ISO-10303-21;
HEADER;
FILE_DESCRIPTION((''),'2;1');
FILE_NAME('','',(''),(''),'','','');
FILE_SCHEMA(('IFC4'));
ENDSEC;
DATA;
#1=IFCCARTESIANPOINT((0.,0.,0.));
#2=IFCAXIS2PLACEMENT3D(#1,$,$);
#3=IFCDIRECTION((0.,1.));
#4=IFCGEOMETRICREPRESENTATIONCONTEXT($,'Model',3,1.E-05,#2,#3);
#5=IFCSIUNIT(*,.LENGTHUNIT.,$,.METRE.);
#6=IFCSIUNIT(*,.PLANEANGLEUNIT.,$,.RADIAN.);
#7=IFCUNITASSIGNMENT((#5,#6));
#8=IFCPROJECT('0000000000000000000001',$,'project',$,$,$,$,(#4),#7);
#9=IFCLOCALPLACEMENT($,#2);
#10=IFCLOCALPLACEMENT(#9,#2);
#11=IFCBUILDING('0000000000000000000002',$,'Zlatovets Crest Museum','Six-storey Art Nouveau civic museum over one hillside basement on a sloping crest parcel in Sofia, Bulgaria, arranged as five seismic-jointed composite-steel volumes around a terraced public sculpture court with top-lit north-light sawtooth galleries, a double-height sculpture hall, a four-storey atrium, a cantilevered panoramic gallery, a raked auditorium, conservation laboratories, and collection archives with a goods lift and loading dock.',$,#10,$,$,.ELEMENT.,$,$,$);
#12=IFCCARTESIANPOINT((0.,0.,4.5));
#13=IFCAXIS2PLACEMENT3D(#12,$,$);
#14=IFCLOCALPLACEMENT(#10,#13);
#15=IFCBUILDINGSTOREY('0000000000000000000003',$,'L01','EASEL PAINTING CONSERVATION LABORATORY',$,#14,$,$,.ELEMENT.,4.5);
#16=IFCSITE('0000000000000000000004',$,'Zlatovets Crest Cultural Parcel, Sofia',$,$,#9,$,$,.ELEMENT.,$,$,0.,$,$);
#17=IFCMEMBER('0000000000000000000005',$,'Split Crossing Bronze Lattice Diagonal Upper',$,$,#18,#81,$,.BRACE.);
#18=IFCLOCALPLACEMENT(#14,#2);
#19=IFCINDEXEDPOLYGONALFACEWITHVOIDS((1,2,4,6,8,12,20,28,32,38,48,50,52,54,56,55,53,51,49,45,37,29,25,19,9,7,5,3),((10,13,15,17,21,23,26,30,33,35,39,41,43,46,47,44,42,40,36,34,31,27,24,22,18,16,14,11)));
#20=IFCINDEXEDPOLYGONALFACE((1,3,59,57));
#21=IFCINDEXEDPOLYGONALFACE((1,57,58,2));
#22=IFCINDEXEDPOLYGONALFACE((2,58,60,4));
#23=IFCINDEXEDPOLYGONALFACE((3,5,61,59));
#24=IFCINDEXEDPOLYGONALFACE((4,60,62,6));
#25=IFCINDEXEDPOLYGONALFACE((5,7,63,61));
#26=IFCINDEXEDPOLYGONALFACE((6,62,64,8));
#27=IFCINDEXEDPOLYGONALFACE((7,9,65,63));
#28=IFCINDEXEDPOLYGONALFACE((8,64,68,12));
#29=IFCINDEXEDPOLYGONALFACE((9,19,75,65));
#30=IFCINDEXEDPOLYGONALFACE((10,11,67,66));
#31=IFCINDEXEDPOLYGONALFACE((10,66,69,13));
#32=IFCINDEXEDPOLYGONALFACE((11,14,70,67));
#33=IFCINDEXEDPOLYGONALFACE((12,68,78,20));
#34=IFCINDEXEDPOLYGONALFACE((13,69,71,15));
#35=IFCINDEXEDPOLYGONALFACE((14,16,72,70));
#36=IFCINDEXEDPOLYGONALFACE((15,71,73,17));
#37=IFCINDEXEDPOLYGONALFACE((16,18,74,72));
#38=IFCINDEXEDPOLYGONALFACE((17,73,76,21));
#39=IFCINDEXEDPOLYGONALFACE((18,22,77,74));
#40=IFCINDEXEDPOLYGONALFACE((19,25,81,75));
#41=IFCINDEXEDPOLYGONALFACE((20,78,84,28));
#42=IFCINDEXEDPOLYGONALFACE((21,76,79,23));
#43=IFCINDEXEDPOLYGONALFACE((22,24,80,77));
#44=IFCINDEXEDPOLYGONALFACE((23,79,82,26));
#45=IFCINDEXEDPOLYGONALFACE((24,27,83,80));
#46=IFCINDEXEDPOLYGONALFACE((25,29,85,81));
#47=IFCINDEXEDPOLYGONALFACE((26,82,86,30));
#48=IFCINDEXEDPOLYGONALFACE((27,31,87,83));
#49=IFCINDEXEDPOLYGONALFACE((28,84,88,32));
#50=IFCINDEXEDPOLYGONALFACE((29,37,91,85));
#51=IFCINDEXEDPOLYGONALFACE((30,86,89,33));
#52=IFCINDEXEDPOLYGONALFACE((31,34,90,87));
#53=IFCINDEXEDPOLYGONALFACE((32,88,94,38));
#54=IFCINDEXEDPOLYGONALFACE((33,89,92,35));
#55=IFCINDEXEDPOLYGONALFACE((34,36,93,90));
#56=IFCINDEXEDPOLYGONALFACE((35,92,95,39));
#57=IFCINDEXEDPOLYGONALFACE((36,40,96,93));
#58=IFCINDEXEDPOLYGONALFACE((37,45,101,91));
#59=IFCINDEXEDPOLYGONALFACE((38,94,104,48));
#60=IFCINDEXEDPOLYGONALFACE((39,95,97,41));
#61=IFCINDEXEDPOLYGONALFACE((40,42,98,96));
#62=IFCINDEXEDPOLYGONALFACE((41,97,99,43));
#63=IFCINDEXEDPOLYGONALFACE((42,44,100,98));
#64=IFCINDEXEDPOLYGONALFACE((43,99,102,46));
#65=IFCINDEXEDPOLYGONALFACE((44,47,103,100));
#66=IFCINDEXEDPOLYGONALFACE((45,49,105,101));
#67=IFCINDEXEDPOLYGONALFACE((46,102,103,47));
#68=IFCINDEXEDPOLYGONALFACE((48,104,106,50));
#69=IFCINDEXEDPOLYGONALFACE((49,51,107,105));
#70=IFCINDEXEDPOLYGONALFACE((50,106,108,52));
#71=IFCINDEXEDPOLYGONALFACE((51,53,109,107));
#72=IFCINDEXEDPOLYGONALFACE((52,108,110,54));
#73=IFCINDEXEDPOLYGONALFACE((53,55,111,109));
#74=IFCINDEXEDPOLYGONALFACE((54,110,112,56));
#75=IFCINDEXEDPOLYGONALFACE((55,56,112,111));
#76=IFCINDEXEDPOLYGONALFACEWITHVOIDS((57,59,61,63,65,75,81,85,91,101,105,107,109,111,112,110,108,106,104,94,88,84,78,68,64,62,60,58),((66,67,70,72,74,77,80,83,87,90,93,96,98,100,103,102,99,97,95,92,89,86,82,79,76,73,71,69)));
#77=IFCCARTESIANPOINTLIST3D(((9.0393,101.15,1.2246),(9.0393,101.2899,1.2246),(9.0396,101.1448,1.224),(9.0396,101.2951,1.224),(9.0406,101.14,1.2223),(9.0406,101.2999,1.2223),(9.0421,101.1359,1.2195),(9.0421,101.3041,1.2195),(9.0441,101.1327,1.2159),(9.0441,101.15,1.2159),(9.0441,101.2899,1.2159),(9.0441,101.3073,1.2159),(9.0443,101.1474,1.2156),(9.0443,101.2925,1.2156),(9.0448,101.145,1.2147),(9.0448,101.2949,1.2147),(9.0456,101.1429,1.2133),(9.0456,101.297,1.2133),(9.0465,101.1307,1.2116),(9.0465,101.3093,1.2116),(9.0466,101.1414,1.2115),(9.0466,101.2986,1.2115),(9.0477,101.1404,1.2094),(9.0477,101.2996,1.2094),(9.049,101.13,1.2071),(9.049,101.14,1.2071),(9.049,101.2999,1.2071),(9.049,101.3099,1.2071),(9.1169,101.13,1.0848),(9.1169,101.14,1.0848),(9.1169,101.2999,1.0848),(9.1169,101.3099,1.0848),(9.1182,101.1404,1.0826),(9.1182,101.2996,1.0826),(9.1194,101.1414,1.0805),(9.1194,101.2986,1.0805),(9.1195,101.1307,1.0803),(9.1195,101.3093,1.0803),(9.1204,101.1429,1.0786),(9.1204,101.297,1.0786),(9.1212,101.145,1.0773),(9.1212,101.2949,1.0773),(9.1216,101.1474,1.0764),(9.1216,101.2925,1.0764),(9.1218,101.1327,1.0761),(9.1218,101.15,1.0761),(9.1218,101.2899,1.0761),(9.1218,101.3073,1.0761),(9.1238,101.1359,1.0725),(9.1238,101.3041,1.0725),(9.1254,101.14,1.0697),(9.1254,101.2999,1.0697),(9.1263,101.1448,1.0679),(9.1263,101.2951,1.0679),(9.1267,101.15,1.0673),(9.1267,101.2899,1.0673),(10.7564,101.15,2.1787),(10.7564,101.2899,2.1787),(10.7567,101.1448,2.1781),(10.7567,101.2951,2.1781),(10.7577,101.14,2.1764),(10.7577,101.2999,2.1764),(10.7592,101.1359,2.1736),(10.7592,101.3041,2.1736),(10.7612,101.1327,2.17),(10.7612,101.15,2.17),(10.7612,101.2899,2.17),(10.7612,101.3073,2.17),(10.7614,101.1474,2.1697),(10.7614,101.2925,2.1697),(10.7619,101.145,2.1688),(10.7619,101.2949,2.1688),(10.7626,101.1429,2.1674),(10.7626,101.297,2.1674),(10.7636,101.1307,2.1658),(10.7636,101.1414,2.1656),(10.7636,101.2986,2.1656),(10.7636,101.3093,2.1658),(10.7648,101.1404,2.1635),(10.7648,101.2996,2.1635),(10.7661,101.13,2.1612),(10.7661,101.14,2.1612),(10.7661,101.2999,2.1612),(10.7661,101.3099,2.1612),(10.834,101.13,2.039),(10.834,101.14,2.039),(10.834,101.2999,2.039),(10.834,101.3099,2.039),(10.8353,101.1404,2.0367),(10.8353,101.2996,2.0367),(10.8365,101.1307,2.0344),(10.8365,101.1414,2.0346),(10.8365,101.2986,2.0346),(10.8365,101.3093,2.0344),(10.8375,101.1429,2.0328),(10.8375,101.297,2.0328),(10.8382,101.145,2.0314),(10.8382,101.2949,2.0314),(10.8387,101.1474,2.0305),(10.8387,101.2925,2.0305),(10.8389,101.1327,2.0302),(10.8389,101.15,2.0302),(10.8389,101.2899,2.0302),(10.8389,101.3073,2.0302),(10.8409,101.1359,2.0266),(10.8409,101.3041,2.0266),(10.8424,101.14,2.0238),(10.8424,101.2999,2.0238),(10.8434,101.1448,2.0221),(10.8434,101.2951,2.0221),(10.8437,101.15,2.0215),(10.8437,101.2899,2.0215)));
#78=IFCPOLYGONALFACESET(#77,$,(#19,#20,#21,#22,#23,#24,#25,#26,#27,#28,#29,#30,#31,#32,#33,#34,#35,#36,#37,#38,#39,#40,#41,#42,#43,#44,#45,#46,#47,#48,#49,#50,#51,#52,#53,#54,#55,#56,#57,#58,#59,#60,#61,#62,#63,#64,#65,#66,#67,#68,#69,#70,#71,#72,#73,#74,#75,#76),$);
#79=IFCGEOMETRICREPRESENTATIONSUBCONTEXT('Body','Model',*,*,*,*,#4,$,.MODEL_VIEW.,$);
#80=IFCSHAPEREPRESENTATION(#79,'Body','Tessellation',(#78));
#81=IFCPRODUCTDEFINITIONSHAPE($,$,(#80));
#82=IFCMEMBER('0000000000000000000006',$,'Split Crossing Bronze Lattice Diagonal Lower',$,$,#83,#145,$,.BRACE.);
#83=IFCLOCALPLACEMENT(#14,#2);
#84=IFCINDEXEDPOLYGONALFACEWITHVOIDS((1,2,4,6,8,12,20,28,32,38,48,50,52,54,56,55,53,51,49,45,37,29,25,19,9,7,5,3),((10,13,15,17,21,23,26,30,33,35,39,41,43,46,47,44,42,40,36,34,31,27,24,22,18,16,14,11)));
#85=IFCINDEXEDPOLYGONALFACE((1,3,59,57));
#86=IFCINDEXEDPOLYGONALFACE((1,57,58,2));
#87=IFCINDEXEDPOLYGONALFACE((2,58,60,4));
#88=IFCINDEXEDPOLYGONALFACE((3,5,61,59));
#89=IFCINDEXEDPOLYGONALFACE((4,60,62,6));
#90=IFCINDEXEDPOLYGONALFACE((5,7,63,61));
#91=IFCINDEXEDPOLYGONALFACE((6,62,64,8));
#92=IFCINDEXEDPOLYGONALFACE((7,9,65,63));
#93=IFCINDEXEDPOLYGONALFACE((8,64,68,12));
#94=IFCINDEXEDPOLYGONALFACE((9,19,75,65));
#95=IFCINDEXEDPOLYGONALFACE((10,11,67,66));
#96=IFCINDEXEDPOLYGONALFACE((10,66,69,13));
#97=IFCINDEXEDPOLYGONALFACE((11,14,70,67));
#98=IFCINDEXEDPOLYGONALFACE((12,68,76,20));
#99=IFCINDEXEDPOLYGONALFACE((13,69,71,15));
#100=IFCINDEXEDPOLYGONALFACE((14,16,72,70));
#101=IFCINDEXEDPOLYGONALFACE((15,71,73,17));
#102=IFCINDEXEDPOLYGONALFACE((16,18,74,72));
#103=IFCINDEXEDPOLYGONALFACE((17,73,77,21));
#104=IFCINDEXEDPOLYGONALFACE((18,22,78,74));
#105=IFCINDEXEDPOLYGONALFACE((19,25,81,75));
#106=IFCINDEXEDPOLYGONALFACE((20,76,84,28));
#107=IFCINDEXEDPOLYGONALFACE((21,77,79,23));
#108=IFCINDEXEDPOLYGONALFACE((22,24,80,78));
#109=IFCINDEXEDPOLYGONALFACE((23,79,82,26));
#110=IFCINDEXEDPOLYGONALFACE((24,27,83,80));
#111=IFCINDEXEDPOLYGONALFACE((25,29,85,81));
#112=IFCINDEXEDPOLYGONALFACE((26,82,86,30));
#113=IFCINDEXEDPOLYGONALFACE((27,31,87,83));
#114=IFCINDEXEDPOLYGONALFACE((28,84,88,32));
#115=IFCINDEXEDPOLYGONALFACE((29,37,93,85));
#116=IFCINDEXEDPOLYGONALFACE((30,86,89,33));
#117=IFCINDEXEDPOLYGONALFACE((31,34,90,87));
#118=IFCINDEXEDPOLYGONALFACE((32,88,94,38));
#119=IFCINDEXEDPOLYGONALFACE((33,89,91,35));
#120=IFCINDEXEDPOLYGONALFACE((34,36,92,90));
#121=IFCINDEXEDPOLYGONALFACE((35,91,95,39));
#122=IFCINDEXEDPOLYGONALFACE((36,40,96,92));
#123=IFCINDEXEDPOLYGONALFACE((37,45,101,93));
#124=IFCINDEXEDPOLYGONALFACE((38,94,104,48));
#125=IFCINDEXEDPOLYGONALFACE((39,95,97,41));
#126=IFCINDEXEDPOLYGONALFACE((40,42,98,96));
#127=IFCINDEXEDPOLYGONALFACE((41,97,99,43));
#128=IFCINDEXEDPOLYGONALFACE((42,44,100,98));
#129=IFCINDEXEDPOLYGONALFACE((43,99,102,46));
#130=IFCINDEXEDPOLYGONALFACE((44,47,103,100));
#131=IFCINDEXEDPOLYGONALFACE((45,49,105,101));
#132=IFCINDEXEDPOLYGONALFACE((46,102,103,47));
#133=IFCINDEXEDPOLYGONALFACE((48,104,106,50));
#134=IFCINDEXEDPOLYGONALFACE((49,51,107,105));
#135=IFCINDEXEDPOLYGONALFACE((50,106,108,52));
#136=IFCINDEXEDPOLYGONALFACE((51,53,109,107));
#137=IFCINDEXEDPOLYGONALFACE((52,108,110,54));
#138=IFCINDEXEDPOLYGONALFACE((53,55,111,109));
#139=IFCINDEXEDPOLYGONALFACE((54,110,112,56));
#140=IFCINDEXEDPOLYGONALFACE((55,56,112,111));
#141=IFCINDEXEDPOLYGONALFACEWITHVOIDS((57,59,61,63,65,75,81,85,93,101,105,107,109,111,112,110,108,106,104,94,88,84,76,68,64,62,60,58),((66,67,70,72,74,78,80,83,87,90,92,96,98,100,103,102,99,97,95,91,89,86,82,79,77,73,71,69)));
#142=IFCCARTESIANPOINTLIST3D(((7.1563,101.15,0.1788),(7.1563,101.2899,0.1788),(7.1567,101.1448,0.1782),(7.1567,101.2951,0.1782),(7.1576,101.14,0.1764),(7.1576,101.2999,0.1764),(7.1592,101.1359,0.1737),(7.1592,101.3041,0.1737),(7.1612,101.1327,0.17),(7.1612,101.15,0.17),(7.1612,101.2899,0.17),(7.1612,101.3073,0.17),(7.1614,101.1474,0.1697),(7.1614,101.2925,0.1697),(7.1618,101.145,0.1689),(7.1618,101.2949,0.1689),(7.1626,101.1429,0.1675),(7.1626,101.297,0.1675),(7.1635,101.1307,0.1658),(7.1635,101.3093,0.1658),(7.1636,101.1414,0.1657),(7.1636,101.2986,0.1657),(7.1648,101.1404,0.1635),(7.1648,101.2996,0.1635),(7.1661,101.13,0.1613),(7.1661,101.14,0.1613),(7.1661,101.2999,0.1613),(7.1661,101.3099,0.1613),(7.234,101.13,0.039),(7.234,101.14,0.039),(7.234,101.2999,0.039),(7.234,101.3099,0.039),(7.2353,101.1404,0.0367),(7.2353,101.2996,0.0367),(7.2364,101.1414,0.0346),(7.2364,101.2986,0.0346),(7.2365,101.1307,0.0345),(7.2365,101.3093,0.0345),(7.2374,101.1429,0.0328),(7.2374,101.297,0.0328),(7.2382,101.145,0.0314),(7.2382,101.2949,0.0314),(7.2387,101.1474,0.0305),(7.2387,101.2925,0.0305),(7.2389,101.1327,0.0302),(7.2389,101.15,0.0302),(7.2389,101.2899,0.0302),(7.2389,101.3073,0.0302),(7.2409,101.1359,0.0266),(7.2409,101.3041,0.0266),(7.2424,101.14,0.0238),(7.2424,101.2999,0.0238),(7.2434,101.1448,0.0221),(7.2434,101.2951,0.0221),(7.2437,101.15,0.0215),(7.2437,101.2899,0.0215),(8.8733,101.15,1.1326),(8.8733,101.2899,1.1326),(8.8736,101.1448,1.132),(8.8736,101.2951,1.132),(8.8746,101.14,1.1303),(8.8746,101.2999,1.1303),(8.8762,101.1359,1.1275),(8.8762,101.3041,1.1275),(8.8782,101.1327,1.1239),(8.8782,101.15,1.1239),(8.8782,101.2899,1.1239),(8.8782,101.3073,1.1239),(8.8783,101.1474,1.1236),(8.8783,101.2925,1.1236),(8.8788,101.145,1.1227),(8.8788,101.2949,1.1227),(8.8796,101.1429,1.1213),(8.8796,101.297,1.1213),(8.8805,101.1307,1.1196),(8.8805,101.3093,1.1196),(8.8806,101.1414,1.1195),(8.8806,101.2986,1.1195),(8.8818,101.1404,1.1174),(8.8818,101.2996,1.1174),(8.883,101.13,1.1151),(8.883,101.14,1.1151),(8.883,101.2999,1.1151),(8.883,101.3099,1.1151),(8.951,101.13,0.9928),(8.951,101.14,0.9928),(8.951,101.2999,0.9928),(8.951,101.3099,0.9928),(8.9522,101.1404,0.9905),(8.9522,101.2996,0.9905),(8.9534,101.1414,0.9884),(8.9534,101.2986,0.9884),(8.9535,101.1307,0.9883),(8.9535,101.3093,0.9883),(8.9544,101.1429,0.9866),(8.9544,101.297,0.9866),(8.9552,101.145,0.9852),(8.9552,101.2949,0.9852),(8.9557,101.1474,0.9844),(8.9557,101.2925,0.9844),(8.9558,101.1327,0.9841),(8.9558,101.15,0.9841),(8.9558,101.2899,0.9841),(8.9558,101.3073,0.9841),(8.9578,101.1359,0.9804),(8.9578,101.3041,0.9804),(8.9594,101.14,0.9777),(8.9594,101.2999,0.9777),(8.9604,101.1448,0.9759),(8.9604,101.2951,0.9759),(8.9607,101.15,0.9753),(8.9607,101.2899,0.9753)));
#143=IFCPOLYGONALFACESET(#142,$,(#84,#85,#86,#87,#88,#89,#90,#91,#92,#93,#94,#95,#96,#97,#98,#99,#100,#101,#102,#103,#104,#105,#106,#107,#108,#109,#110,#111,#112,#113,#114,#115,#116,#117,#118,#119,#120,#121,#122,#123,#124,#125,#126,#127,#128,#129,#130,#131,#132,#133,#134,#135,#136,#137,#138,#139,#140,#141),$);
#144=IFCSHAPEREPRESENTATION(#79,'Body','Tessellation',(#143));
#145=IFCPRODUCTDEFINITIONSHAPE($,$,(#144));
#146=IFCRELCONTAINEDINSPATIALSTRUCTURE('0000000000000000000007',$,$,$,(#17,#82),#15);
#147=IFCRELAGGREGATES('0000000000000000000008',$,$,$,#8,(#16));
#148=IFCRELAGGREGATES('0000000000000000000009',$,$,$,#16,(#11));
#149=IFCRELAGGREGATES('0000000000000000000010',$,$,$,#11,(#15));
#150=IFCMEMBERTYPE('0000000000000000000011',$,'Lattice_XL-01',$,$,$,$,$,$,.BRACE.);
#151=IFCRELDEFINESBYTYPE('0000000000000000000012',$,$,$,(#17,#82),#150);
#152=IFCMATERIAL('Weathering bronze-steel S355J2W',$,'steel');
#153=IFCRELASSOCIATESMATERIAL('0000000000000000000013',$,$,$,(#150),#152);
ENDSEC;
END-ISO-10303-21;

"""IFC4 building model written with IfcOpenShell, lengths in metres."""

from ifc_helpers import new_model, si_unit, direction, frame, origin, origin_2d, place, context, subcontext, project, spatial, hollow_rectangle, extrude, material, material_profile, profile_set, type_object, element, save


model = new_model("IFC4")

# Units and contexts
model_context = context("Model", 3, precision=1e-05, world=origin(), true_north=direction((0.0, 1.0)))
body_context = subcontext(model_context, "Body", "Model", "MODEL_VIEW")
ifc_project = project(units=[si_unit("LENGTHUNIT", "METRE"), si_unit("PLANEANGLEUNIT", "RADIAN")], contexts=[model_context])

# Site, building, storey
site_placement = place(None, origin())
site = spatial("IfcSite", under=ifc_project, at=site_placement, Name="Zlatovets Crest Cultural Parcel, Sofia", CompositionType="ELEMENT", RefElevation=0.0)
building_placement = place(site_placement, origin())
building = spatial("IfcBuilding", under=site, at=building_placement, Name="Zlatovets Crest Museum", Description="Six-storey Art Nouveau civic museum over one hillside basement on a sloping crest parcel in Sofia, Bulgaria, arranged as five seismic-jointed composite-steel volumes around a terraced public sculpture court with top-lit north-light sawtooth galleries, a double-height sculpture hall, a four-storey atrium, a cantilevered panoramic gallery, a raked auditorium, conservation laboratories, and collection archives with a goods lift and loading dock.", CompositionType="ELEMENT")
storey_placement = place(building_placement, frame((0.0, 0.0, 4.5)))
storey = spatial("IfcBuildingStorey", under=building, at=storey_placement, Name="L01", Description="EASEL PAINTING CONSERVATION LABORATORY", CompositionType="ELEMENT", Elevation=4.5)

# Members
ifc_material_1 = material(Name="Weathering bronze-steel S355J2W", Category="steel")
ifc_material_profile_1 = material_profile(ifc_material_1, hollow_rectangle(XDim=0.1799, YDim=0.1799, WallThickness=0.01, InnerFilletRadius=0.01, OuterFilletRadius=0.02, at=origin_2d()), Name="SHS 180x180x10.0")
ifc_profile_set_1 = profile_set([ifc_material_profile_1], Name="Weathering bronze-steel S355J2W")
member_type_1 = type_object("IfcMemberType", Name="Lattice_XL-01", PredefinedType="BRACE", material=ifc_profile_set_1)
member_1_placement = place(storey_placement, frame((10.8, 101.22, 2.1001), z_axis=(-0.874116, 0.0, -0.485717), x_axis=(0.0, -1.0, 0.0)))
element("IfcMember", 1, at=member_1_placement, inside=storey, type_object=member_type_1, Name="Split Crossing Bronze Lattice Diagonal Upper", PredefinedType="BRACE", context=body_context, shape_type="SweptSolid", body=[
    extrude(hollow_rectangle(XDim=0.1799, YDim=0.1799, WallThickness=0.01, InnerFilletRadius=0.01, OuterFilletRadius=0.02, at=origin_2d()), origin(), (0.0, 0.0, 1.0), 1.9644),
])
for number, where, z_axis, x_axis, name in (
    (2, (8.917, 101.22, 1.054), (-0.874169, 0.0, -0.485622), (0.0, -1.0, 0.0), "Split Crossing Bronze Lattice Diagonal Lower"),
):
    element("IfcMember", number, at=place(storey_placement, frame(where, z_axis=z_axis, x_axis=x_axis)), inside=storey, type_object=member_type_1, Name=name, PredefinedType="BRACE", context=body_context, shape_type="SweptSolid", body=[
        extrude(hollow_rectangle(XDim=0.1799, YDim=0.1799, WallThickness=0.01, InnerFilletRadius=0.01, OuterFilletRadius=0.02, at=origin_2d()), origin(), (0.0, 0.0, 1.0), 1.9641),
    ])

save(model, "model.ifc")
